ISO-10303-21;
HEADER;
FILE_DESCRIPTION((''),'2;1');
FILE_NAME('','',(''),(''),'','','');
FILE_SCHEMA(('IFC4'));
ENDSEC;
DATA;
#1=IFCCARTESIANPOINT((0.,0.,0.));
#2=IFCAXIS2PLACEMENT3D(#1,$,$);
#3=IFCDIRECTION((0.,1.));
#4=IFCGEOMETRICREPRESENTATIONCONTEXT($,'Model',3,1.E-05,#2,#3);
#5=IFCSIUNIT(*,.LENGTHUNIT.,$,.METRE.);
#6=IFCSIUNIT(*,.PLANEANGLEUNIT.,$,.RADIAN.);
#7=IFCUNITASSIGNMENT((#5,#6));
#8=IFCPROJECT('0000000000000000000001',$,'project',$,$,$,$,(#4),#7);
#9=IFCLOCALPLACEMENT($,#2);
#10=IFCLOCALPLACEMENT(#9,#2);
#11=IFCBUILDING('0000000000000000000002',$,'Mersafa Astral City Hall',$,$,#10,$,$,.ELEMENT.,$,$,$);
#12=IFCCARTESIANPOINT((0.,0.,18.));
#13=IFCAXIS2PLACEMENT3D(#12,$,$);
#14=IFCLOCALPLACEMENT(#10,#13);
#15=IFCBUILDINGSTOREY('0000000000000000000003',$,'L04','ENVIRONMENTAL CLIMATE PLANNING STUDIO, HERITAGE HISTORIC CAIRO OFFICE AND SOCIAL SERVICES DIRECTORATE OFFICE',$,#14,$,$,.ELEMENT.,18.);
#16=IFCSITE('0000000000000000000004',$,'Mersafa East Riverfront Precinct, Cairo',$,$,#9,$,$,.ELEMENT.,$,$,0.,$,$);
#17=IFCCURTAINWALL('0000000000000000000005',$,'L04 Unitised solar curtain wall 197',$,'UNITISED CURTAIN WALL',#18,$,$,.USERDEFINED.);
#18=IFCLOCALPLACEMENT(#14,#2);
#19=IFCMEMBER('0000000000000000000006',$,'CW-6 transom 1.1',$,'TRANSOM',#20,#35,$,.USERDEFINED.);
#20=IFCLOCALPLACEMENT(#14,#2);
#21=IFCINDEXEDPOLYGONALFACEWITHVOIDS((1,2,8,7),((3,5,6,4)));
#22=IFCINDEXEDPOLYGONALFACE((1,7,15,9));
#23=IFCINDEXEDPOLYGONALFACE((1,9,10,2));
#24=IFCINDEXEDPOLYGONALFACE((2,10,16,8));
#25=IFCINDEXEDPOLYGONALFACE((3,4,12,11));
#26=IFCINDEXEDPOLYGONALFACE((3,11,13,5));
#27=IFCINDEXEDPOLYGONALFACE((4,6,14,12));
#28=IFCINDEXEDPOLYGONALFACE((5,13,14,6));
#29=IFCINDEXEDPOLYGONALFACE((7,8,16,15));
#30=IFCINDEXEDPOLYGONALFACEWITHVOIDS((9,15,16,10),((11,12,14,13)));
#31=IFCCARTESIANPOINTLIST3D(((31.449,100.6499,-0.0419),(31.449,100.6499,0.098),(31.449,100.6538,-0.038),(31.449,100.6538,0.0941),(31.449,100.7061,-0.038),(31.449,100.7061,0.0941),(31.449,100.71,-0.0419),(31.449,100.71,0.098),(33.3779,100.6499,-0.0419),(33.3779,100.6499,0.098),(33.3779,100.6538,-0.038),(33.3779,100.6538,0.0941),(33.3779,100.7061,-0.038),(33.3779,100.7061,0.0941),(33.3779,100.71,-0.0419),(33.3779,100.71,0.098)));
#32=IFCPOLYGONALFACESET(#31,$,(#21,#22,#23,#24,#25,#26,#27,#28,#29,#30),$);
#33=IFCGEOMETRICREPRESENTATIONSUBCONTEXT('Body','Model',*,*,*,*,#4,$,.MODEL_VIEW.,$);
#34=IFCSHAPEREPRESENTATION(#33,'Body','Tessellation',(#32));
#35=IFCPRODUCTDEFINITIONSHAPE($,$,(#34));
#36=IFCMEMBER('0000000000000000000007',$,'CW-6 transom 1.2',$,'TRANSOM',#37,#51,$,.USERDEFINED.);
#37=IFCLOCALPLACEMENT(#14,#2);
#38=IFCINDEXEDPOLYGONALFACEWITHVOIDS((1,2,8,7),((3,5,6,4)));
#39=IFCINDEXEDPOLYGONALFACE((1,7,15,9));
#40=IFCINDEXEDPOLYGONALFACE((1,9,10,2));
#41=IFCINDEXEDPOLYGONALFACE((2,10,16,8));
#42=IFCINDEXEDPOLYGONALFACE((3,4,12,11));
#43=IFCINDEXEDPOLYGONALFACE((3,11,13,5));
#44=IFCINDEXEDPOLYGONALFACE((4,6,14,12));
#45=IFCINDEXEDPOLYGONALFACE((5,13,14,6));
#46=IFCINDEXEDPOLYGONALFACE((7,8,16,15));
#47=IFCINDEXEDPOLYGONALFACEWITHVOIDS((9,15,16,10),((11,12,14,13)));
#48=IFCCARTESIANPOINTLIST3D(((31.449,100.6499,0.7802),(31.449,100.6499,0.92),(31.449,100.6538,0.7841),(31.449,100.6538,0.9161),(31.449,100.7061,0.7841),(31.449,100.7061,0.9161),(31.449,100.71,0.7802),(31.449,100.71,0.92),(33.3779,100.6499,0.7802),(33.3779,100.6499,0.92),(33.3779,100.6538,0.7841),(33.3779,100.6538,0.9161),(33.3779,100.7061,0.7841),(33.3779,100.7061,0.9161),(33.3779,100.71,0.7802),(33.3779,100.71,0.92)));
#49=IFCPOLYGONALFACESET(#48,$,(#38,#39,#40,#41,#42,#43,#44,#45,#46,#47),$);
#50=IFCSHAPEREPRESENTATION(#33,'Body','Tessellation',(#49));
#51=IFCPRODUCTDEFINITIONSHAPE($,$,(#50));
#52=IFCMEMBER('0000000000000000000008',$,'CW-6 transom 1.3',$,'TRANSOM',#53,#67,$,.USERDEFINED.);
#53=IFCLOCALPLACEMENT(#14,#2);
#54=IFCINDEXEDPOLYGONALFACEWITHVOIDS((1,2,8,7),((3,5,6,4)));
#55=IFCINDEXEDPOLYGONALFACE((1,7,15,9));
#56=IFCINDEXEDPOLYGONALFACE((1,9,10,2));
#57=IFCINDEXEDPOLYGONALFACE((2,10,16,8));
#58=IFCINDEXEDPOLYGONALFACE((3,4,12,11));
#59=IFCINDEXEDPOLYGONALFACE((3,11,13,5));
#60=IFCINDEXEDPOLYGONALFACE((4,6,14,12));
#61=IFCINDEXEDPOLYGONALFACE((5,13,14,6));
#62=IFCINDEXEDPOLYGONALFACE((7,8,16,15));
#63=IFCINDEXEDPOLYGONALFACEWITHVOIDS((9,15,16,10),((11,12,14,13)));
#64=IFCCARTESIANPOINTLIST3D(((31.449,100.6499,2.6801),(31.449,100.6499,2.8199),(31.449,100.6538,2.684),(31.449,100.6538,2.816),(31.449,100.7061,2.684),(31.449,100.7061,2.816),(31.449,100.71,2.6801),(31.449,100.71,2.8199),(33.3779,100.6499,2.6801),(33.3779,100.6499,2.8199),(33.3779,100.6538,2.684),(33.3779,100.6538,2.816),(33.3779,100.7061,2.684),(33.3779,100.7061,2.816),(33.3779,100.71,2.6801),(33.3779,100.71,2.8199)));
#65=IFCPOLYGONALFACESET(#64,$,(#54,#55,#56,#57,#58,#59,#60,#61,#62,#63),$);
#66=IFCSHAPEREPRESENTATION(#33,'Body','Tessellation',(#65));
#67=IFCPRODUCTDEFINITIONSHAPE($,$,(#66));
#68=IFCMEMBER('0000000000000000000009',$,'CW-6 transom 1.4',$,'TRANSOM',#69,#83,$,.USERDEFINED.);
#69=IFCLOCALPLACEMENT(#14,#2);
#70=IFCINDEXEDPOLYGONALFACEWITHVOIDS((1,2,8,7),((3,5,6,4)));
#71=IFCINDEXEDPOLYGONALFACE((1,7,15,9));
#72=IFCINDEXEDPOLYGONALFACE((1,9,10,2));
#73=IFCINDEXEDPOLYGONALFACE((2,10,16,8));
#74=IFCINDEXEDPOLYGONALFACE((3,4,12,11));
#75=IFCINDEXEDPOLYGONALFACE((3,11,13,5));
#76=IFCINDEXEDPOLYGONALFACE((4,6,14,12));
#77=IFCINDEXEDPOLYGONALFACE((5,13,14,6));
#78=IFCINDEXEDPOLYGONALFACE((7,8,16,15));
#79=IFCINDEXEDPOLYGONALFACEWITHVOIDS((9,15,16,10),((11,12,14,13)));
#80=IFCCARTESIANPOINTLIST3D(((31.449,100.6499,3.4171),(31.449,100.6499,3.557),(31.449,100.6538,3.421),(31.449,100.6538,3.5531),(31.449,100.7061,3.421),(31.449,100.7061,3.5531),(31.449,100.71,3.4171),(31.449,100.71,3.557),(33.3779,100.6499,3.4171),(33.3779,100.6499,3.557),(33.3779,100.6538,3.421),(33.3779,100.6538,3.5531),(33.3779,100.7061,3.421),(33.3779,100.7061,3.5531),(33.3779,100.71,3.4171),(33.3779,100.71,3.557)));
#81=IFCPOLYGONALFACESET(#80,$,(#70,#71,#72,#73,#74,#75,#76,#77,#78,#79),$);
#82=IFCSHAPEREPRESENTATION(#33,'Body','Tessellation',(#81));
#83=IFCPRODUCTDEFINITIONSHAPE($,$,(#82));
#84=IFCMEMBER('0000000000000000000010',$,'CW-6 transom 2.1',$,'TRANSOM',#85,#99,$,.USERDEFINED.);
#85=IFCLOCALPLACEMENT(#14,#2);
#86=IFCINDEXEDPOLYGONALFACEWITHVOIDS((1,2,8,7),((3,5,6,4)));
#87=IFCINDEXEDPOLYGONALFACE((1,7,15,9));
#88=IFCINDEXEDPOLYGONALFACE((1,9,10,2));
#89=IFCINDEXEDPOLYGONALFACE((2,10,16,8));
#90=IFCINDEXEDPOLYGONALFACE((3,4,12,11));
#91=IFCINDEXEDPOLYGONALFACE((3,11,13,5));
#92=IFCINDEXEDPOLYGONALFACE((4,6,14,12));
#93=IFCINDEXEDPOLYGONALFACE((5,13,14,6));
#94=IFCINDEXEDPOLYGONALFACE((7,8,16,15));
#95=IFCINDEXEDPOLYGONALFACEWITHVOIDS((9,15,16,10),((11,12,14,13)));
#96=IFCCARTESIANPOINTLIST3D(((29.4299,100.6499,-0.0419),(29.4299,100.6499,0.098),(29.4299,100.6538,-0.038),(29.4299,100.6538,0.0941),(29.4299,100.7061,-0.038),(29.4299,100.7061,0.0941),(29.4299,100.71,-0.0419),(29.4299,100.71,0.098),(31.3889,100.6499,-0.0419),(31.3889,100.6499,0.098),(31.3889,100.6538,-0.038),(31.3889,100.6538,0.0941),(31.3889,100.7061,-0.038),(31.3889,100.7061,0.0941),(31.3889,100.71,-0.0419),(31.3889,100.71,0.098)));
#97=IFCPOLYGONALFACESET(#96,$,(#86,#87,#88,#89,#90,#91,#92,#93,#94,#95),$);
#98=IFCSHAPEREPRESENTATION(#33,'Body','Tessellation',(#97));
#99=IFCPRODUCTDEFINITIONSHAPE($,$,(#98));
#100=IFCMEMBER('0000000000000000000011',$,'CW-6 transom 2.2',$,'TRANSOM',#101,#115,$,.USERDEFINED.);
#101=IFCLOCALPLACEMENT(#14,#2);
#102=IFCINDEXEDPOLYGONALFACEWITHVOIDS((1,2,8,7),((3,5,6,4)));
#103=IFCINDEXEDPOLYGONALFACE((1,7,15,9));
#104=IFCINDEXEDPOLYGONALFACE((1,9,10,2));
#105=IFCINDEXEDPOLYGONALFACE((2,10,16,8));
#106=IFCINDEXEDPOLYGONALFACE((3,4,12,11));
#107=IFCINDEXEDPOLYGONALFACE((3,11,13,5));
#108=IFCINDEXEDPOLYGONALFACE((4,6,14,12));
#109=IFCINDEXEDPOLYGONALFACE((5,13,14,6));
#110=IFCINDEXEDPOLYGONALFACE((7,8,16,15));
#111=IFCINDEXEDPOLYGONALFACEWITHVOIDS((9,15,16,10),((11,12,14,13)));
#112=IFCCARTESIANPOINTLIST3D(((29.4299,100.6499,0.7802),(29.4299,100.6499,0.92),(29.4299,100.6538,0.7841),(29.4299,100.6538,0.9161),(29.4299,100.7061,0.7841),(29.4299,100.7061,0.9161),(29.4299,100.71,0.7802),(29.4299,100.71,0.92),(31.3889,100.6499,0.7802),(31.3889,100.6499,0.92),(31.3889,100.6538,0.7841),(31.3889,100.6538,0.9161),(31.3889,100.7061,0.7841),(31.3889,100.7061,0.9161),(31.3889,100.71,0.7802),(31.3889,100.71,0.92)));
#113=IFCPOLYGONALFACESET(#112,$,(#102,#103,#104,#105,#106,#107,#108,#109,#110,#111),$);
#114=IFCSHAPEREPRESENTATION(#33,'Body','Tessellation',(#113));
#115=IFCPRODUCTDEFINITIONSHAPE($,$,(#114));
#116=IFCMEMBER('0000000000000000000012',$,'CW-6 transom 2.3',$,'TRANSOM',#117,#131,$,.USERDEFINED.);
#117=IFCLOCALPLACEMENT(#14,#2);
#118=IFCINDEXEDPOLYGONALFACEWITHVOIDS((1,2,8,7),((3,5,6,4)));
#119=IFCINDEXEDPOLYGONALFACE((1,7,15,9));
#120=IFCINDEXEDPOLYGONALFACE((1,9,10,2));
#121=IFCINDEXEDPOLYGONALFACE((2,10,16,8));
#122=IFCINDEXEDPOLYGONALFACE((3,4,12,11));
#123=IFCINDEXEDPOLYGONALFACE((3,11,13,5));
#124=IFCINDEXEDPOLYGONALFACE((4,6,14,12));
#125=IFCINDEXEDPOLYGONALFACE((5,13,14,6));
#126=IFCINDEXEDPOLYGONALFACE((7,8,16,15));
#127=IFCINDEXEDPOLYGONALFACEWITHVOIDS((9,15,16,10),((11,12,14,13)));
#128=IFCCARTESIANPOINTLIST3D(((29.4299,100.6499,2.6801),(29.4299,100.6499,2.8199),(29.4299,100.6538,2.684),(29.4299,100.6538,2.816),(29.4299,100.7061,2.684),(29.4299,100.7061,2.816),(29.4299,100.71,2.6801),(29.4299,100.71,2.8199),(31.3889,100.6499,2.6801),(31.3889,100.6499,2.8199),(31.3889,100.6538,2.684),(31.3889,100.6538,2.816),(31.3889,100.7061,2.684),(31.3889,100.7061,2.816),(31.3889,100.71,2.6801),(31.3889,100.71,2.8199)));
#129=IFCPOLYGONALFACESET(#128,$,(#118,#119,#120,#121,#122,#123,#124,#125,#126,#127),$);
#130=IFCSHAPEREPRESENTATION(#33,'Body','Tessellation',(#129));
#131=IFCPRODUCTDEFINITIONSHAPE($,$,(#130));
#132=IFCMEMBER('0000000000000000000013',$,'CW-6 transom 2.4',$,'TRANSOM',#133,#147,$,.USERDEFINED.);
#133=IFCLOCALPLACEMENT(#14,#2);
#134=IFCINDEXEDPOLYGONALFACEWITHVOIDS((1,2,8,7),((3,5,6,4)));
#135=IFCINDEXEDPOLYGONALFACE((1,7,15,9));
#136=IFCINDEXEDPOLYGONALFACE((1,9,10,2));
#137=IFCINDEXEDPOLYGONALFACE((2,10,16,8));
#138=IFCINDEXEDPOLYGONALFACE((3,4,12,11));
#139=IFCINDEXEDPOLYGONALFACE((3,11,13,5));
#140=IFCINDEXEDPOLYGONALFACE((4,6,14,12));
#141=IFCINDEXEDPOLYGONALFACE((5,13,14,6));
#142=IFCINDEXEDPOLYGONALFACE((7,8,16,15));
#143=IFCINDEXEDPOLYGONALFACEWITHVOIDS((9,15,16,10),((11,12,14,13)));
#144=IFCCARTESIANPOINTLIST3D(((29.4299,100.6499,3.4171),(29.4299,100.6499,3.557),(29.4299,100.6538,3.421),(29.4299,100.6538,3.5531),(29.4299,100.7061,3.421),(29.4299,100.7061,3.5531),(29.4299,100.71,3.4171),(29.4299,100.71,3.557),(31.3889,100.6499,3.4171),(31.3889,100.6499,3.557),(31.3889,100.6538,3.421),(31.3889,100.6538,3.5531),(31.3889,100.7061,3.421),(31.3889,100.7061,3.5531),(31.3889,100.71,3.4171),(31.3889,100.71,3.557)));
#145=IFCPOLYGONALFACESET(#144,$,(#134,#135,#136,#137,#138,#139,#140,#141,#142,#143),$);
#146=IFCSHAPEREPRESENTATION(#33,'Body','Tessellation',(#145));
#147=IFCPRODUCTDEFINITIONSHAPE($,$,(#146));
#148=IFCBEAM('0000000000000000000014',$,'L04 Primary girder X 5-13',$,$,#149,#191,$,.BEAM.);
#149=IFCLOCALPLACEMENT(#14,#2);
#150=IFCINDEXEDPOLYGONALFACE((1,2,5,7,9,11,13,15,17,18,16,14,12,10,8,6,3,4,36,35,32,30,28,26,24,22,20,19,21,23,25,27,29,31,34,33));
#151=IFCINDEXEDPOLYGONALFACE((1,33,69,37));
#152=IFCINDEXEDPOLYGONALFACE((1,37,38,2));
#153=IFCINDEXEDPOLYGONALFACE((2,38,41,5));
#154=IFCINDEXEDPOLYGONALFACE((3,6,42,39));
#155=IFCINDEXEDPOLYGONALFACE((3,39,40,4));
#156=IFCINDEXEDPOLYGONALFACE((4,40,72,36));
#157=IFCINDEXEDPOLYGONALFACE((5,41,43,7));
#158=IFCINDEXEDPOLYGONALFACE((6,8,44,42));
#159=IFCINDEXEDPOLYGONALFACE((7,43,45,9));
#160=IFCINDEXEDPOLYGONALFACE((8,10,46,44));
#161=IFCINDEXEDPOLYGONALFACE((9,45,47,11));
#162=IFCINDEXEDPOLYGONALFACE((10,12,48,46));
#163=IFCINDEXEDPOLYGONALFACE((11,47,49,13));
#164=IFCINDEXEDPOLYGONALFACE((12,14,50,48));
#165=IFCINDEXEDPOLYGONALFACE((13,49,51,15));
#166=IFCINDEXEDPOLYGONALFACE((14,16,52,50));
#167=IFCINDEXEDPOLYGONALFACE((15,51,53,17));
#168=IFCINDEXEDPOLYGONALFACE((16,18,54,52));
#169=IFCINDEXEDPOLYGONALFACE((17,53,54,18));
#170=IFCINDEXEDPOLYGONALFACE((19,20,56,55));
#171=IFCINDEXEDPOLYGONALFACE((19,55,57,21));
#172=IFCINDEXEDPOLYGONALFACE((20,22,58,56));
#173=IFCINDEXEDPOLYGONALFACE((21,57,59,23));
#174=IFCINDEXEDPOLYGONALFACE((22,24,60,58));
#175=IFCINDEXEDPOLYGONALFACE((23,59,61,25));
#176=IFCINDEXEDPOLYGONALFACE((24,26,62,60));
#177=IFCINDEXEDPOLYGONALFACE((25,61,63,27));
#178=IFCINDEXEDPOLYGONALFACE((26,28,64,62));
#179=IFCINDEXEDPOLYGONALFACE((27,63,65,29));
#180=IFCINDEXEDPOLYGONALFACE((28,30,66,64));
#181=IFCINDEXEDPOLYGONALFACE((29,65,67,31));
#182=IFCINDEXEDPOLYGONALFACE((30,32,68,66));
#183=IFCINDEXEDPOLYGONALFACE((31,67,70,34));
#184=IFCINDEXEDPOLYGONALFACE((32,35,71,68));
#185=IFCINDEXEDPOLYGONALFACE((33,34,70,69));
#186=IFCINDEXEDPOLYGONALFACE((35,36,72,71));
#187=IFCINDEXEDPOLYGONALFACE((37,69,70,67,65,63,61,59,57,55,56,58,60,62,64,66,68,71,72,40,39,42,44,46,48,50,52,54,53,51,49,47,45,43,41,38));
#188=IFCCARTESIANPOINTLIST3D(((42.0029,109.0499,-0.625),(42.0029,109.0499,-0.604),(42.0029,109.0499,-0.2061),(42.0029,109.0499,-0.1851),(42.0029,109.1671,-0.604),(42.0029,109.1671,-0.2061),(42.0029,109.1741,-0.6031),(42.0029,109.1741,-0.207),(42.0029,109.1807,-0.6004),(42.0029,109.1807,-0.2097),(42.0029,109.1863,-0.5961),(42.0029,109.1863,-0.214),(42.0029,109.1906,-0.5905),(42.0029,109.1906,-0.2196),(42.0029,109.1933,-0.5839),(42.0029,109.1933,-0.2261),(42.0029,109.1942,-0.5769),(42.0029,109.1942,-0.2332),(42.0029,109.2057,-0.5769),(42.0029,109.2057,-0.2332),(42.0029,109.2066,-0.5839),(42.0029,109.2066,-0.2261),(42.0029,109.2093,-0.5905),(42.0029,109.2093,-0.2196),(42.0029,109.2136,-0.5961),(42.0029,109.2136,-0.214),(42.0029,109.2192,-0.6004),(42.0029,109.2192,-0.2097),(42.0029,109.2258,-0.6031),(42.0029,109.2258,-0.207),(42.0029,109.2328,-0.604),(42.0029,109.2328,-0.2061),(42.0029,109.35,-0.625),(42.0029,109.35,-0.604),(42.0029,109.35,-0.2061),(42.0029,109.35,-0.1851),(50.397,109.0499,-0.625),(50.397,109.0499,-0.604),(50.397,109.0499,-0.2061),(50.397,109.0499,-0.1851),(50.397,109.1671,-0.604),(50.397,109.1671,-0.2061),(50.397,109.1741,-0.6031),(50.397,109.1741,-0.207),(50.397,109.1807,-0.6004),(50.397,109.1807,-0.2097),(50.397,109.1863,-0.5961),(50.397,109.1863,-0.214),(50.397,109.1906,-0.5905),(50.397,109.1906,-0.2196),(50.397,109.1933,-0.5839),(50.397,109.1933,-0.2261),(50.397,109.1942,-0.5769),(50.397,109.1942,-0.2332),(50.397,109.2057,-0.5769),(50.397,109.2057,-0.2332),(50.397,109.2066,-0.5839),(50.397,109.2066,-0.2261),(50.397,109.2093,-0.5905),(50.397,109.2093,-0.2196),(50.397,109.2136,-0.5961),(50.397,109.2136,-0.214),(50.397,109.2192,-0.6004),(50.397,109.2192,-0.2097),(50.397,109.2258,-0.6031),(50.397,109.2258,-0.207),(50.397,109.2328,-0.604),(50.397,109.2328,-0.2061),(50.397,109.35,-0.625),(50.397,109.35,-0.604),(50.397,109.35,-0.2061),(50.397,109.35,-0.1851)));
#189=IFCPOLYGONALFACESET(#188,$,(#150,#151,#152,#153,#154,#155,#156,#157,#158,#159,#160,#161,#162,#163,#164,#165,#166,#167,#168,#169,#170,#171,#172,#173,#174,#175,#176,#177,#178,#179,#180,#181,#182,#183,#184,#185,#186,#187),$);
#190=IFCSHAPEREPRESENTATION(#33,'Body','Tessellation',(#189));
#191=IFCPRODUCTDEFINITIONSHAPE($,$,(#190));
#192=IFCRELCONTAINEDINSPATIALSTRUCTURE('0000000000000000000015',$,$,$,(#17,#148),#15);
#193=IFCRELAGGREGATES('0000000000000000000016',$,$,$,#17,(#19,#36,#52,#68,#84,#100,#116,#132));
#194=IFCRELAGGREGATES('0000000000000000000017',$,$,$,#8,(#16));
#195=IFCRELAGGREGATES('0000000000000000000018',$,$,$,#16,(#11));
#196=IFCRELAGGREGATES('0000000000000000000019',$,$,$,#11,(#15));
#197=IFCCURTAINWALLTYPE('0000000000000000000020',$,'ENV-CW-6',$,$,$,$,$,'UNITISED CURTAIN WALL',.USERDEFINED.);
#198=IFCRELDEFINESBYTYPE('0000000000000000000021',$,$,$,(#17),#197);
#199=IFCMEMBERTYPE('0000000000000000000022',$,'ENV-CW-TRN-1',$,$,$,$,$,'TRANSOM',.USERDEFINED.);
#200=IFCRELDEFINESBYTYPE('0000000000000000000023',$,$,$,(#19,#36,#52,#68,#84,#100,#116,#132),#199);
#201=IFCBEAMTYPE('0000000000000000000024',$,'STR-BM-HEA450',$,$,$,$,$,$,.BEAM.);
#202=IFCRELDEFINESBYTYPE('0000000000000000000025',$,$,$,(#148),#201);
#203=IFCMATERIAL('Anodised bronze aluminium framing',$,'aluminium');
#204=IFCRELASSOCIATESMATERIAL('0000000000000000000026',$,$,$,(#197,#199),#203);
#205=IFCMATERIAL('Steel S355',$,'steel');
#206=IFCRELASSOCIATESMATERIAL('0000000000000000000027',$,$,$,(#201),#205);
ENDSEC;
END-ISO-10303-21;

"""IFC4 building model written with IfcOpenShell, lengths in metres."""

from ifc_helpers import new_model, si_unit, direction, frame, origin, origin_2d, place, context, subcontext, project, spatial, hollow_rectangle, i_section, extrude, material, material_profile, profile_set, type_object, element, aggregate, save


model = new_model("IFC4")

# Units and contexts
model_context = context("Model", 3, precision=1e-05, world=origin(), true_north=direction((0.0, 1.0)))
body_context = subcontext(model_context, "Body", "Model", "MODEL_VIEW")
ifc_project = project(units=[si_unit("LENGTHUNIT", "METRE"), si_unit("PLANEANGLEUNIT", "RADIAN")], contexts=[model_context])

# Site, building, storey
site_placement = place(None, origin())
site = spatial("IfcSite", under=ifc_project, at=site_placement, Name="Mersafa East Riverfront Precinct, Cairo", CompositionType="ELEMENT", RefElevation=0.0)
building_placement = place(site_placement, origin())
building = spatial("IfcBuilding", under=site, at=building_placement, Name="Mersafa Astral City Hall", CompositionType="ELEMENT")
storey_placement = place(building_placement, frame((0.0, 0.0, 18.0)))
storey = spatial("IfcBuildingStorey", under=building, at=storey_placement, Name="L04", Description="ENVIRONMENTAL CLIMATE PLANNING STUDIO, HERITAGE HISTORIC CAIRO OFFICE AND SOCIAL SERVICES DIRECTORATE OFFICE", CompositionType="ELEMENT", Elevation=18.0)

# Shared definitions
ifc_material_1 = material(Name="Steel S355", Category="steel")

# Curtain wall
ifc_material_2 = material(Name="Anodised bronze aluminium framing", Category="aluminium")
curtain_wall_type_1 = type_object("IfcCurtainWallType", Name="ENV-CW-6", ElementType="UNITISED CURTAIN WALL", PredefinedType="USERDEFINED", material=ifc_material_2)
curtain_wall_1_placement = place(storey_placement, origin())
curtain_wall_1 = element("IfcCurtainWall", 1, at=curtain_wall_1_placement, inside=storey, type_object=curtain_wall_type_1, Name="L04 Unitised solar curtain wall 197", ObjectType="UNITISED CURTAIN WALL", PredefinedType="USERDEFINED")

# Members
ifc_material_profile_1 = material_profile(ifc_material_2, hollow_rectangle(XDim=0.0601, YDim=0.1399, WallThickness=0.0039, at=origin_2d()), Name="RHS 60x140x4")
ifc_profile_set_1 = profile_set([ifc_material_profile_1], Name="Anodised bronze aluminium framing")
member_type_1 = type_object("IfcMemberType", Name="ENV-CW-TRN-1", ElementType="TRANSOM", PredefinedType="USERDEFINED", material=ifc_profile_set_1)
member_1_placement = place(storey_placement, frame((33.3779, 100.6799, 0.0281), z_axis=(-1.0, 0.0, 0.0), x_axis=(0.0, -1.0, 0.0)))
member_1 = element("IfcMember", 2, at=member_1_placement, type_object=member_type_1, Name="CW-6 transom 1.1", ObjectType="TRANSOM", PredefinedType="USERDEFINED", context=body_context, shape_type="SweptSolid", body=[
    extrude(hollow_rectangle(XDim=0.0601, YDim=0.1399, WallThickness=0.0039, at=origin_2d()), origin(), (0.0, 0.0, 1.0), 1.929),
])
member_2_placement = place(storey_placement, frame((33.3779, 100.6799, 0.8501), z_axis=(-1.0, 0.0, 0.0), x_axis=(0.0, -1.0, 0.0)))
member_2 = element("IfcMember", 3, at=member_2_placement, type_object=member_type_1, Name="CW-6 transom 1.2", ObjectType="TRANSOM", PredefinedType="USERDEFINED", context=body_context, shape_type="SweptSolid", body=[
    extrude(hollow_rectangle(XDim=0.0601, YDim=0.1399, WallThickness=0.0039, at=origin_2d()), origin(), (0.0, 0.0, 1.0), 1.929),
])
member_3_placement = place(storey_placement, frame((33.3779, 100.6799, 2.75), z_axis=(-1.0, 0.0, 0.0), x_axis=(0.0, -1.0, 0.0)))
member_3 = element("IfcMember", 4, at=member_3_placement, type_object=member_type_1, Name="CW-6 transom 1.3", ObjectType="TRANSOM", PredefinedType="USERDEFINED", context=body_context, shape_type="SweptSolid", body=[
    extrude(hollow_rectangle(XDim=0.0601, YDim=0.1399, WallThickness=0.0039, at=origin_2d()), origin(), (0.0, 0.0, 1.0), 1.929),
])
member_4_placement = place(storey_placement, frame((33.3779, 100.6799, 3.4871), z_axis=(-1.0, 0.0, 0.0), x_axis=(0.0, -1.0, 0.0)))
member_4 = element("IfcMember", 5, at=member_4_placement, type_object=member_type_1, Name="CW-6 transom 1.4", ObjectType="TRANSOM", PredefinedType="USERDEFINED", context=body_context, shape_type="SweptSolid", body=[
    extrude(hollow_rectangle(XDim=0.0601, YDim=0.1399, WallThickness=0.0039, at=origin_2d()), origin(), (0.0, 0.0, 1.0), 1.929),
])
member_5_placement = place(storey_placement, frame((31.3889, 100.6799, 0.0281), z_axis=(-1.0, 0.0, 0.0), x_axis=(0.0, -1.0, 0.0)))
member_5 = element("IfcMember", 6, at=member_5_placement, type_object=member_type_1, Name="CW-6 transom 2.1", ObjectType="TRANSOM", PredefinedType="USERDEFINED", context=body_context, shape_type="SweptSolid", body=[
    extrude(hollow_rectangle(XDim=0.0601, YDim=0.1399, WallThickness=0.0039, at=origin_2d()), origin(), (0.0, 0.0, 1.0), 1.959),
])
member_6_placement = place(storey_placement, frame((31.3889, 100.6799, 0.8501), z_axis=(-1.0, 0.0, 0.0), x_axis=(0.0, -1.0, 0.0)))
member_6 = element("IfcMember", 7, at=member_6_placement, type_object=member_type_1, Name="CW-6 transom 2.2", ObjectType="TRANSOM", PredefinedType="USERDEFINED", context=body_context, shape_type="SweptSolid", body=[
    extrude(hollow_rectangle(XDim=0.0601, YDim=0.1399, WallThickness=0.0039, at=origin_2d()), origin(), (0.0, 0.0, 1.0), 1.959),
])
member_7_placement = place(storey_placement, frame((31.3889, 100.6799, 2.75), z_axis=(-1.0, 0.0, 0.0), x_axis=(0.0, -1.0, 0.0)))
member_7 = element("IfcMember", 8, at=member_7_placement, type_object=member_type_1, Name="CW-6 transom 2.3", ObjectType="TRANSOM", PredefinedType="USERDEFINED", context=body_context, shape_type="SweptSolid", body=[
    extrude(hollow_rectangle(XDim=0.0601, YDim=0.1399, WallThickness=0.0039, at=origin_2d()), origin(), (0.0, 0.0, 1.0), 1.959),
])
member_8_placement = place(storey_placement, frame((31.3889, 100.6799, 3.4871), z_axis=(-1.0, 0.0, 0.0), x_axis=(0.0, -1.0, 0.0)))
member_8 = element("IfcMember", 9, at=member_8_placement, type_object=member_type_1, Name="CW-6 transom 2.4", ObjectType="TRANSOM", PredefinedType="USERDEFINED", context=body_context, shape_type="SweptSolid", body=[
    extrude(hollow_rectangle(XDim=0.0601, YDim=0.1399, WallThickness=0.0039, at=origin_2d()), origin(), (0.0, 0.0, 1.0), 1.959),
])

# Beam
ifc_material_profile_2 = material_profile(ifc_material_1, i_section(OverallWidth=0.3, OverallDepth=0.4399, WebThickness=0.0115, FlangeThickness=0.021, FilletRadius=0.0271, at=origin_2d()), Name="HEA 450")
ifc_profile_set_2 = profile_set([ifc_material_profile_2], Name="Steel S355")
beam_type_1 = type_object("IfcBeamType", Name="STR-BM-HEA450", PredefinedType="BEAM", material=ifc_profile_set_2)
beam_1_placement = place(storey_placement, frame((42.0029, 109.2, -0.405), z_axis=(1.0, 0.0, 0.0), x_axis=(0.0, 1.0, 0.0)))
element("IfcBeam", 10, at=beam_1_placement, inside=storey, type_object=beam_type_1, Name="L04 Primary girder X 5-13", PredefinedType="BEAM", context=body_context, shape_type="SweptSolid", body=[
    extrude(i_section(OverallWidth=0.3, OverallDepth=0.4399, WebThickness=0.0115, FlangeThickness=0.021, FilletRadius=0.0271, at=origin_2d()), origin(), (0.0, 0.0, 1.0), 8.394),
])

aggregate(curtain_wall_1, [member_1, member_2, member_3, member_4, member_5, member_6, member_7, member_8])

save(model, "model.ifc")
